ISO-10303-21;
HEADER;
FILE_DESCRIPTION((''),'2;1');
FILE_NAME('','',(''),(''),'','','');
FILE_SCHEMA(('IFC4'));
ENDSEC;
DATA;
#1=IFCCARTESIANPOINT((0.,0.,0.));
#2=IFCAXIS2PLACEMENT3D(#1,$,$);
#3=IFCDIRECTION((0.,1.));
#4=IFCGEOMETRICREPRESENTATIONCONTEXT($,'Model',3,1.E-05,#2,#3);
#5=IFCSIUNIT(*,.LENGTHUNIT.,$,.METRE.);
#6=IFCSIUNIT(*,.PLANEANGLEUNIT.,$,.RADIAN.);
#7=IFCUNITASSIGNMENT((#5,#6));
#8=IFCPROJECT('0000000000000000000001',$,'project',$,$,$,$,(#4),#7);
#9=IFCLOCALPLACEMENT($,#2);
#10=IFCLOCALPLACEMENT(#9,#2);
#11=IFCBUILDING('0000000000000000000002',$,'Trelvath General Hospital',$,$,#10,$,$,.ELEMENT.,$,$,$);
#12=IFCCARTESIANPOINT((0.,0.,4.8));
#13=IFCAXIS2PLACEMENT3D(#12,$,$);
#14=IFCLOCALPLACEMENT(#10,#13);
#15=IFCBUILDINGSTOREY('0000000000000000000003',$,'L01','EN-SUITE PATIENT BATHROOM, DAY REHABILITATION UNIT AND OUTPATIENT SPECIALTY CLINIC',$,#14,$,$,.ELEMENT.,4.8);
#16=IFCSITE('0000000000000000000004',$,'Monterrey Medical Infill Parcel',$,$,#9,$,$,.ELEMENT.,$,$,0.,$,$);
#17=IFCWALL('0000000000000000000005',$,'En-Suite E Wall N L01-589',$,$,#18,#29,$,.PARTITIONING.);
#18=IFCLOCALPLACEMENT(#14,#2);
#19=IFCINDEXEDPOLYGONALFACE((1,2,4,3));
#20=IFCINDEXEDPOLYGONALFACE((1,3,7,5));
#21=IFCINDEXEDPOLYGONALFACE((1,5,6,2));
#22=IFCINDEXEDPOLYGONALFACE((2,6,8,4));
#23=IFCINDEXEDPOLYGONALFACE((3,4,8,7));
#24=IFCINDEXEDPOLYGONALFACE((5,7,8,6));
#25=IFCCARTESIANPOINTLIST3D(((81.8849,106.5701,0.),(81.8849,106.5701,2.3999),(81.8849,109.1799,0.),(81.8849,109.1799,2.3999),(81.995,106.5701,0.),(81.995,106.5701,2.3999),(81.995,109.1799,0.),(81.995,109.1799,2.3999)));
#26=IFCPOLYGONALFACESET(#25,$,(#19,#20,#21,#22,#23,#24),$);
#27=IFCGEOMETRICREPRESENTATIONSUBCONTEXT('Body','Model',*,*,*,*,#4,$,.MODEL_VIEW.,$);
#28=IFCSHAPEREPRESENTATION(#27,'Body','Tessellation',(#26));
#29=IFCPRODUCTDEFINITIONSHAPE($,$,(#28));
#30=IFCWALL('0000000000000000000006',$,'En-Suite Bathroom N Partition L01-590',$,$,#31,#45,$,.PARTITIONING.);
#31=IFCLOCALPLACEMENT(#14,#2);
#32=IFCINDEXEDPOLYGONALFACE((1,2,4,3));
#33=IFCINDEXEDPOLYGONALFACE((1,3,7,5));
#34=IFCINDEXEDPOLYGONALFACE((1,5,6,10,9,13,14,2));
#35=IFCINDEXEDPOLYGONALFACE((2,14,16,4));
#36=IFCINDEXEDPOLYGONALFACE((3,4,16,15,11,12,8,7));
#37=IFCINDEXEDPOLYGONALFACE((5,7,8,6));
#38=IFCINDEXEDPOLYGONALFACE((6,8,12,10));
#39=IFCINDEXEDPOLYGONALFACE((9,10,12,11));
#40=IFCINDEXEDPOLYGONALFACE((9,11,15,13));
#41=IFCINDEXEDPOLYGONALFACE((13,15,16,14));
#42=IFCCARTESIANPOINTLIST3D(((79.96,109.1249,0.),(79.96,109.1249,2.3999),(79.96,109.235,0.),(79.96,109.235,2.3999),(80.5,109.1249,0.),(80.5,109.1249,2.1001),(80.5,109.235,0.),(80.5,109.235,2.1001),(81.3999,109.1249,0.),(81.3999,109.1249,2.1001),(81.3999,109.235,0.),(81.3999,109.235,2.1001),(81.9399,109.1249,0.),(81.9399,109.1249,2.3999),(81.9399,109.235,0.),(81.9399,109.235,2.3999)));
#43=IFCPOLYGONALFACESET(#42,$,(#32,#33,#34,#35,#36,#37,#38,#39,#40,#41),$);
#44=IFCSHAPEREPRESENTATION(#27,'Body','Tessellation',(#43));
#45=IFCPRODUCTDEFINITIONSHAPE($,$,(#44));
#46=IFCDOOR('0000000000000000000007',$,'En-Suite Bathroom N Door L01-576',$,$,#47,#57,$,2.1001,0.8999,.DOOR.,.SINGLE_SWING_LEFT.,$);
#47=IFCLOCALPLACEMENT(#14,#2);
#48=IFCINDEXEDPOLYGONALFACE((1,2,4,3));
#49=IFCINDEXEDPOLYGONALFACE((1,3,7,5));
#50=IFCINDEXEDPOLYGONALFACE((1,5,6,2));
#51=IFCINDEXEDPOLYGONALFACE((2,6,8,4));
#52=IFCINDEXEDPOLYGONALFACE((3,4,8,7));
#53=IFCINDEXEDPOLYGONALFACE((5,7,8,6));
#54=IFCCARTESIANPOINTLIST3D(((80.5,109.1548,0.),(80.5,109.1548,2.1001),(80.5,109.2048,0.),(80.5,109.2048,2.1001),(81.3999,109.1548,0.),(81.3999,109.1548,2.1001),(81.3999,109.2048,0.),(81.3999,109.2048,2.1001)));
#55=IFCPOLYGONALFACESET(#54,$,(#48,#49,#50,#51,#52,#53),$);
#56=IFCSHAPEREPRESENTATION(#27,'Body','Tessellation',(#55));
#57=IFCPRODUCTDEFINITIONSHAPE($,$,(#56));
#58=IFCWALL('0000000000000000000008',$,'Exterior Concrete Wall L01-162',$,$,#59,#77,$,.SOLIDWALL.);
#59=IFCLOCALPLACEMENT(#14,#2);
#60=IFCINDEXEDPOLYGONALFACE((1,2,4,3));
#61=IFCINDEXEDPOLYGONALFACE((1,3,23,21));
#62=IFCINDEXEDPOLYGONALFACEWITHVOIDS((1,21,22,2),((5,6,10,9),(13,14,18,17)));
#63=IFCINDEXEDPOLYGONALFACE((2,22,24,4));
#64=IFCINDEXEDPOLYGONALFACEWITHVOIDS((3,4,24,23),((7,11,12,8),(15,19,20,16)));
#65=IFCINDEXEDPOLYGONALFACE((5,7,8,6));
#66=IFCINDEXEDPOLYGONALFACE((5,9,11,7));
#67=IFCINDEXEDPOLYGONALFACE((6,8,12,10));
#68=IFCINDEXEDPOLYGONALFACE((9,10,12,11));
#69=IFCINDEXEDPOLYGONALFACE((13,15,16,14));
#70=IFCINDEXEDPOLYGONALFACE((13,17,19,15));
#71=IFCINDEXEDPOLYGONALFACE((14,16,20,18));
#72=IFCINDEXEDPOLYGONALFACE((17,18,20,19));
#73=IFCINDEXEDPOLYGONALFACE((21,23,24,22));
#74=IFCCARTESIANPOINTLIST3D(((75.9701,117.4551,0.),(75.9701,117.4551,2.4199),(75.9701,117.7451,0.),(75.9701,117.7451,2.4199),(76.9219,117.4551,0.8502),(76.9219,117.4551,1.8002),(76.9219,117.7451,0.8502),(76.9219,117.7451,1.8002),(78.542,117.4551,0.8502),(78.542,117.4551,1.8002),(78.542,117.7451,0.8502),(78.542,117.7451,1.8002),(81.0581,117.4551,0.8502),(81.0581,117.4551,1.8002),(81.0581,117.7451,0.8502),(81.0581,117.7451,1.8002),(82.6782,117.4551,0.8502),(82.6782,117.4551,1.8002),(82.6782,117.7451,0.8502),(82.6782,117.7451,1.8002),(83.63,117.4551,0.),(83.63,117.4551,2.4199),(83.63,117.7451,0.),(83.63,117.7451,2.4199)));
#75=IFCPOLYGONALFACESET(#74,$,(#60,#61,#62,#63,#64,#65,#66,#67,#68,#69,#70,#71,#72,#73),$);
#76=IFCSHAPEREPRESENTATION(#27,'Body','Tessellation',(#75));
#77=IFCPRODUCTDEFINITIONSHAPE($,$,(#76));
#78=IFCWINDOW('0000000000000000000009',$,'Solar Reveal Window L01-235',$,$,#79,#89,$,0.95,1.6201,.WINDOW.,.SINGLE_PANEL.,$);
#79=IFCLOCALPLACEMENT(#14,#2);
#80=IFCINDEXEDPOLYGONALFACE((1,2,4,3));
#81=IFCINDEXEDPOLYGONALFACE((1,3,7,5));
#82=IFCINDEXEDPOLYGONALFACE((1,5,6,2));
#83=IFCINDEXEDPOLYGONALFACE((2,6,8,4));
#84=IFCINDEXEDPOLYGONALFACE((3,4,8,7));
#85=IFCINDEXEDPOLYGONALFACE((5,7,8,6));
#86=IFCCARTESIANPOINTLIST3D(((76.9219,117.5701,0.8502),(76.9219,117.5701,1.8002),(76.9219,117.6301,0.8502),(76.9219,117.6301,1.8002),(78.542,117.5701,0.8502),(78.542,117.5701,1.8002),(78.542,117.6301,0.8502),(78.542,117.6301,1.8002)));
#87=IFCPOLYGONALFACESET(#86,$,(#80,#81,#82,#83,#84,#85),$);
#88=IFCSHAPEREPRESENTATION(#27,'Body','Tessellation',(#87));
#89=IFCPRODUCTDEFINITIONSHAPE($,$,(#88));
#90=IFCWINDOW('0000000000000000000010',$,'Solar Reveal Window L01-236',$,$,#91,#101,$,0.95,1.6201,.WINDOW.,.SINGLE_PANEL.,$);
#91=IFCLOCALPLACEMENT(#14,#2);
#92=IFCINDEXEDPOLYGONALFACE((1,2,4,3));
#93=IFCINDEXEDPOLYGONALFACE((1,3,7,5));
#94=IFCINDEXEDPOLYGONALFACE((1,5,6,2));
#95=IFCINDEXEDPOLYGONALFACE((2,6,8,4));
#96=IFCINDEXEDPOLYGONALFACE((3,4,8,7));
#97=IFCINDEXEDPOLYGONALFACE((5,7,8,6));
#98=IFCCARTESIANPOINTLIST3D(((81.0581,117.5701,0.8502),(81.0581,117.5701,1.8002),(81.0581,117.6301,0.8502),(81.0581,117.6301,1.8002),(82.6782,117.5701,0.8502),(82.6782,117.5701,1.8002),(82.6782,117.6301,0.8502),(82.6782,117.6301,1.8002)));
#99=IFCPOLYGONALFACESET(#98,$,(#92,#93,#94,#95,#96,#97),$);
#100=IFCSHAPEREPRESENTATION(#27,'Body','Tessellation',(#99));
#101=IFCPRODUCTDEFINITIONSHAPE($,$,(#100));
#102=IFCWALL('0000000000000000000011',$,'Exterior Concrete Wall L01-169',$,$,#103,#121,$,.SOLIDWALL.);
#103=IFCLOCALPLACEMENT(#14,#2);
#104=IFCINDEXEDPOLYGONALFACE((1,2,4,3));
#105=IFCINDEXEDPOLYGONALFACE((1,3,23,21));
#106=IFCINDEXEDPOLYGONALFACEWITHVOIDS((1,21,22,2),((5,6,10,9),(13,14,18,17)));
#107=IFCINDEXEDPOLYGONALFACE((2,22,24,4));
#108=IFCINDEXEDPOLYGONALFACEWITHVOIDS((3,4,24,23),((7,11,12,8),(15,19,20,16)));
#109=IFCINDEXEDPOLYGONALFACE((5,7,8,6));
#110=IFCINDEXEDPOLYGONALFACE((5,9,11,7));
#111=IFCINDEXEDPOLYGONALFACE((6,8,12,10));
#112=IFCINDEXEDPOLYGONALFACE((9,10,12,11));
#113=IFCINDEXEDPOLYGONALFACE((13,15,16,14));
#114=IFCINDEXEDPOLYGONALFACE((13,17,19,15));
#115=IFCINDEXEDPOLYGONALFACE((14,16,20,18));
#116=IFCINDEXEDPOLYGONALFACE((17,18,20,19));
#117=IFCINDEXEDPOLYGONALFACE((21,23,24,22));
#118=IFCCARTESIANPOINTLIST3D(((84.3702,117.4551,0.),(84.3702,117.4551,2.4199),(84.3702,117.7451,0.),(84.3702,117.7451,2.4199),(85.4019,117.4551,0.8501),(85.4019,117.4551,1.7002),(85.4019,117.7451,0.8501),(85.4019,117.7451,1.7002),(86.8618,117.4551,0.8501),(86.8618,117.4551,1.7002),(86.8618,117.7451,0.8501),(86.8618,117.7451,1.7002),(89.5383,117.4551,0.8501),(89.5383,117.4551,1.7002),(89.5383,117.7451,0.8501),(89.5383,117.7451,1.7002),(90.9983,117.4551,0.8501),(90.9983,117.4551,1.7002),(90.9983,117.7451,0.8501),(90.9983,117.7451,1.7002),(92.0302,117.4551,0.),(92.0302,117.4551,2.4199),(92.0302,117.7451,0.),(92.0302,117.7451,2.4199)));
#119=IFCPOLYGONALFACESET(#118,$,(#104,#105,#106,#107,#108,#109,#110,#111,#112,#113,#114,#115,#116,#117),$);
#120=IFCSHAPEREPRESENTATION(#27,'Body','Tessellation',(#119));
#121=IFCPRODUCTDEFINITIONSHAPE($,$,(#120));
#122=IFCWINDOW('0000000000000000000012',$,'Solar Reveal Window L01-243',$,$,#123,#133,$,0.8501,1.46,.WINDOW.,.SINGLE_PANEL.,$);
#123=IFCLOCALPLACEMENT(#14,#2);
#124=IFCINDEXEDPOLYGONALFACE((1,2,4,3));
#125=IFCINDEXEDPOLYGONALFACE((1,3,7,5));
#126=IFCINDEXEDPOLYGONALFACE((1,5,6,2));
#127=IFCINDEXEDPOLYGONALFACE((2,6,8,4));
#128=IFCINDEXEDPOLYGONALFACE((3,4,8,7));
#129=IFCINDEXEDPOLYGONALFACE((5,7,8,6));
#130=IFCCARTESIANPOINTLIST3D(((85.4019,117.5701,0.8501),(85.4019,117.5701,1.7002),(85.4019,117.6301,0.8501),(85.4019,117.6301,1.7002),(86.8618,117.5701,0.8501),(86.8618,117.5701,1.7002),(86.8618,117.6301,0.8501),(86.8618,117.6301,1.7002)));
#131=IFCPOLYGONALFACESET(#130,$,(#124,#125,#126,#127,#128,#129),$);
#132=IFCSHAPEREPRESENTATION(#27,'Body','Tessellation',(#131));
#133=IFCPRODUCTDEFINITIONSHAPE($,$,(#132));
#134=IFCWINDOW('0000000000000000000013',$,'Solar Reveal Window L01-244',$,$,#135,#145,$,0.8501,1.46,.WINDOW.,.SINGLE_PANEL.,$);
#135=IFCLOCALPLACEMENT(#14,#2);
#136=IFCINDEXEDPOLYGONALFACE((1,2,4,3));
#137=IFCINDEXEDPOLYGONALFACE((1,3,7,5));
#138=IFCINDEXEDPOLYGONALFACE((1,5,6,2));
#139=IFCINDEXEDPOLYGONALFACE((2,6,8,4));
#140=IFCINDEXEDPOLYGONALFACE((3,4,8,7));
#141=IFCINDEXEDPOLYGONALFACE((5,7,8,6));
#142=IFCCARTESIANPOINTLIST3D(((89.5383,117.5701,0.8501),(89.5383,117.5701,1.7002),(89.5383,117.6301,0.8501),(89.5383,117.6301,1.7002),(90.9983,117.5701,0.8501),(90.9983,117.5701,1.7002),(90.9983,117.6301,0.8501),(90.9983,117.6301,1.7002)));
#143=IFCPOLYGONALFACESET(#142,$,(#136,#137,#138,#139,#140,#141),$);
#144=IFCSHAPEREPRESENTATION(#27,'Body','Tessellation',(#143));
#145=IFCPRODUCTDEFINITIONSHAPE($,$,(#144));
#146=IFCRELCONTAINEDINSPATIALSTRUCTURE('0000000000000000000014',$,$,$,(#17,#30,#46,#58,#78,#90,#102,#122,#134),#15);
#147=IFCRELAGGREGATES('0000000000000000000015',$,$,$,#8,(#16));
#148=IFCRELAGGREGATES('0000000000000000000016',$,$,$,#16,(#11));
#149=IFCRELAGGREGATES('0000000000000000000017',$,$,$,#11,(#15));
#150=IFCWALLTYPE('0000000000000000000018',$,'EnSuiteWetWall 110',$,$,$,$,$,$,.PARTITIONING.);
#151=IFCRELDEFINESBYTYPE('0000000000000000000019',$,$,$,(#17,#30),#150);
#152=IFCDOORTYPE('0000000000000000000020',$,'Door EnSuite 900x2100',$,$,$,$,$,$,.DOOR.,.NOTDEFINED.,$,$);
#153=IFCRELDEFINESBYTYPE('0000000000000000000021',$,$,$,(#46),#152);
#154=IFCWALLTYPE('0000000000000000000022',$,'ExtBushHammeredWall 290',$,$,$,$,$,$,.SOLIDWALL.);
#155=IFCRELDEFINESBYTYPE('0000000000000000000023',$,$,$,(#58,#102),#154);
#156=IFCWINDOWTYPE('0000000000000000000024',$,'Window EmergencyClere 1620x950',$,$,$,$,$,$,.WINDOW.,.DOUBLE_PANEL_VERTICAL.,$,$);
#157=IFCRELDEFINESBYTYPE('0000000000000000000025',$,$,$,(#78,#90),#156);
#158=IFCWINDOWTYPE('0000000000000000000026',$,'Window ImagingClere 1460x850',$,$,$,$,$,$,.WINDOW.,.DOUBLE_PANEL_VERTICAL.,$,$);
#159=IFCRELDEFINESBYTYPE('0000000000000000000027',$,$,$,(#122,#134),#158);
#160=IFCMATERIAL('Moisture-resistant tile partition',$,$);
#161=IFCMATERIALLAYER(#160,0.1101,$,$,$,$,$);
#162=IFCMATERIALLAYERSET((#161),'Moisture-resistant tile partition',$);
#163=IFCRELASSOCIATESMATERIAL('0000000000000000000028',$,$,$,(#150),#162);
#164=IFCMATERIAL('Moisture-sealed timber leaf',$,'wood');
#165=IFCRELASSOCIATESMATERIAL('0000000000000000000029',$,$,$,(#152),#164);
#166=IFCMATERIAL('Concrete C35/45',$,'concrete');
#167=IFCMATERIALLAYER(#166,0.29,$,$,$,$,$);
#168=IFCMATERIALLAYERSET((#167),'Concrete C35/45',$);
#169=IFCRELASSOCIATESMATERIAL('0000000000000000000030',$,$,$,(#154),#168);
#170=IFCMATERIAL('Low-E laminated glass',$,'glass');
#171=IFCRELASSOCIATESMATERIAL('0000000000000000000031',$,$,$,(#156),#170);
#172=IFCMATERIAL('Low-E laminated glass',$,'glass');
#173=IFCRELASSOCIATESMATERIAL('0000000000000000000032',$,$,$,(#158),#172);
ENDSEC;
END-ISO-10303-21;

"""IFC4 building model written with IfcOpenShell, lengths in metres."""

from ifc_helpers import new_model, si_unit, direction, frame, frame_2d, origin, place, context, subcontext, project, spatial, rectangle, extrude, material, layer, layer_set, type_object, element, fill, save


model = new_model("IFC4")

# Units and contexts
model_context = context("Model", 3, precision=1e-05, world=origin(), true_north=direction((0.0, 1.0)))
body_context = subcontext(model_context, "Body", "Model", "MODEL_VIEW")
ifc_project = project(units=[si_unit("LENGTHUNIT", "METRE"), si_unit("PLANEANGLEUNIT", "RADIAN")], contexts=[model_context])

# Site, building, storey
site_placement = place(None, origin())
site = spatial("IfcSite", under=ifc_project, at=site_placement, Name="Monterrey Medical Infill Parcel", CompositionType="ELEMENT", RefElevation=0.0)
building_placement = place(site_placement, origin())
building = spatial("IfcBuilding", under=site, at=building_placement, Name="Trelvath General Hospital", CompositionType="ELEMENT")
storey_placement = place(building_placement, frame((0.0, 0.0, 4.8)))
storey = spatial("IfcBuildingStorey", under=building, at=storey_placement, Name="L01", Description="EN-SUITE PATIENT BATHROOM, DAY REHABILITATION UNIT AND OUTPATIENT SPECIALTY CLINIC", CompositionType="ELEMENT", Elevation=4.8)

# Shared definitions
ifc_material_1 = material(Name="Moisture-resistant tile partition")
ifc_layer_1 = layer(ifc_material_1, 0.1101)
ifc_layer_set_1 = layer_set([ifc_layer_1], Name="Moisture-resistant tile partition")
wall_type_1 = type_object("IfcWallType", Name="EnSuiteWetWall 110", PredefinedType="PARTITIONING", material=ifc_layer_set_1)
ifc_material_2 = material(Name="Moisture-sealed timber leaf", Category="wood")
door_type_1 = type_object("IfcDoorType", Name="Door EnSuite 900x2100", OperationType="NOTDEFINED", PredefinedType="DOOR", material=ifc_material_2)

# Wall
wall_1_placement = place(storey_placement, frame((81.9399, 106.5701, 0.0), z_axis=(0.0, 0.0, 1.0), x_axis=(0.0, 1.0, 0.0)))
element("IfcWall", 1, at=wall_1_placement, inside=storey, type_object=wall_type_1, Name="En-Suite E Wall N L01-589", PredefinedType="PARTITIONING", context=body_context, shape_type="SweptSolid", body=[
    extrude(rectangle(XDim=2.6099, YDim=0.1101, at=frame_2d((1.3049, 0.0))), origin(), (0.0, 0.0, 1.0), 2.3999),
])

# Wall, opening, door
wall_2_placement = place(storey_placement, frame((79.96, 109.1799, 0.0), z_axis=(0.0, 0.0, 1.0), x_axis=(1.0, 0.0, 0.0)))
wall_2 = element("IfcWall", 2, at=wall_2_placement, inside=storey, type_object=wall_type_1, Name="En-Suite Bathroom N Partition L01-590", PredefinedType="PARTITIONING", context=body_context, shape_type="SweptSolid", body=[
    extrude(rectangle(XDim=1.98, YDim=0.1101, at=frame_2d((0.99, 0.0))), origin(), (0.0, 0.0, 1.0), 2.3999),
])
opening_1_placement = place(wall_2_placement, frame((0.54, 0.0, 0.0)))
opening_1 = element("IfcOpeningElement", 3, at=opening_1_placement, cuts=wall_2, PredefinedType="OPENING", context=body_context, shape_type="SweptSolid", body=[
    extrude(rectangle(XDim=0.8999, YDim=2.1001, at=frame_2d((0.45, 1.05))), frame((0.0, 0.0649, 0.0), z_axis=(0.0, -1.0, 0.0), x_axis=(1.0, 0.0, 0.0)), (0.0, 0.0, 1.0), 0.1301),
])
door_1_placement = place(opening_1_placement, origin())
door_1 = element("IfcDoor", 4, at=door_1_placement, inside=storey, type_object=door_type_1, Name="En-Suite Bathroom N Door L01-576", OperationType="SINGLE_SWING_LEFT", OverallHeight=2.1001, OverallWidth=0.8999, PredefinedType="DOOR", context=body_context, shape_type="SweptSolid", body=[
    extrude(rectangle(XDim=0.8999, YDim=2.1001, at=frame_2d((0.45, 1.05))), frame((0.0, 0.0249, 0.0), z_axis=(0.0, -1.0, 0.0), x_axis=(1.0, 0.0, 0.0)), (0.0, 0.0, 1.0), 0.05),
])
fill(opening_1, door_1)

# Walls, openings, windows
ifc_material_3 = material(Name="Concrete C35/45", Category="concrete")
ifc_layer_2 = layer(ifc_material_3, 0.29)
ifc_layer_set_2 = layer_set([ifc_layer_2], Name="Concrete C35/45")
wall_type_2 = type_object("IfcWallType", Name="ExtBushHammeredWall 290", PredefinedType="SOLIDWALL", material=ifc_layer_set_2)
wall_3_placement = place(storey_placement, frame((75.97, 117.6001, 0.0), z_axis=(0.0, 0.0, 1.0), x_axis=(1.0, 0.0, 0.0)))
wall_3 = element("IfcWall", 5, at=wall_3_placement, inside=storey, type_object=wall_type_2, Name="Exterior Concrete Wall L01-162", PredefinedType="SOLIDWALL", context=body_context, shape_type="SweptSolid", body=[
    extrude(rectangle(XDim=7.6599, YDim=0.29, at=frame_2d((3.8301, 0.0))), origin(), (0.0, 0.0, 1.0), 2.4199),
])
opening_2_placement = place(wall_3_placement, frame((0.9519, 0.0, 0.8501)))
opening_2 = element("IfcOpeningElement", 6, at=opening_2_placement, cuts=wall_3, PredefinedType="OPENING", context=body_context, shape_type="SweptSolid", body=[
    extrude(rectangle(XDim=1.6201, YDim=0.95, at=frame_2d((0.8101, 0.4751))), frame((0.0, 0.155, 0.0), z_axis=(0.0, -1.0, 0.0), x_axis=(1.0, 0.0, 0.0)), (0.0, 0.0, 1.0), 0.3101),
])
opening_3_placement = place(wall_3_placement, frame((5.0881, 0.0, 0.8501)))
opening_3 = element("IfcOpeningElement", 7, at=opening_3_placement, cuts=wall_3, PredefinedType="OPENING", context=body_context, shape_type="SweptSolid", body=[
    extrude(rectangle(XDim=1.6201, YDim=0.95, at=frame_2d((0.8101, 0.4751))), frame((0.0, 0.155, 0.0), z_axis=(0.0, -1.0, 0.0), x_axis=(1.0, 0.0, 0.0)), (0.0, 0.0, 1.0), 0.3101),
])
ifc_material_4 = material(Name="Low-E laminated glass", Category="glass")
window_type_1 = type_object("IfcWindowType", Name="Window EmergencyClere 1620x950", PartitioningType="DOUBLE_PANEL_VERTICAL", PredefinedType="WINDOW", material=ifc_material_4)
window_1_placement = place(opening_2_placement, origin())
window_1 = element("IfcWindow", 8, at=window_1_placement, inside=storey, type_object=window_type_1, Name="Solar Reveal Window L01-235", OverallHeight=0.95, OverallWidth=1.6201, PartitioningType="SINGLE_PANEL", PredefinedType="WINDOW", context=body_context, shape_type="SweptSolid", body=[
    extrude(rectangle(XDim=1.6201, YDim=0.95, at=frame_2d((0.8101, 0.4751))), frame((0.0, 0.03, 0.0), z_axis=(0.0, -1.0, 0.0), x_axis=(1.0, 0.0, 0.0)), (0.0, 0.0, 1.0), 0.0601),
])
fill(opening_2, window_1)
window_2_placement = place(opening_3_placement, origin())
window_2 = element("IfcWindow", 9, at=window_2_placement, inside=storey, type_object=window_type_1, Name="Solar Reveal Window L01-236", OverallHeight=0.95, OverallWidth=1.6201, PartitioningType="SINGLE_PANEL", PredefinedType="WINDOW", context=body_context, shape_type="SweptSolid", body=[
    extrude(rectangle(XDim=1.6201, YDim=0.95, at=frame_2d((0.8101, 0.4751))), frame((0.0, 0.03, 0.0), z_axis=(0.0, -1.0, 0.0), x_axis=(1.0, 0.0, 0.0)), (0.0, 0.0, 1.0), 0.0601),
])
fill(opening_3, window_2)
wall_4_placement = place(storey_placement, frame((84.3701, 117.6001, 0.0), z_axis=(0.0, 0.0, 1.0), x_axis=(1.0, 0.0, 0.0)))
wall_4 = element("IfcWall", 10, at=wall_4_placement, inside=storey, type_object=wall_type_2, Name="Exterior Concrete Wall L01-169", PredefinedType="SOLIDWALL", context=body_context, shape_type="SweptSolid", body=[
    extrude(rectangle(XDim=7.6599, YDim=0.29, at=frame_2d((3.8301, 0.0))), origin(), (0.0, 0.0, 1.0), 2.4199),
])
opening_4_placement = place(wall_4_placement, frame((1.0317, 0.0, 0.8501)))
opening_4 = element("IfcOpeningElement", 11, at=opening_4_placement, cuts=wall_4, PredefinedType="OPENING", context=body_context, shape_type="SweptSolid", body=[
    extrude(rectangle(XDim=1.46, YDim=0.8501, at=frame_2d((0.73, 0.425))), frame((0.0, 0.155, 0.0), z_axis=(0.0, -1.0, 0.0), x_axis=(1.0, 0.0, 0.0)), (0.0, 0.0, 1.0), 0.3101),
])
opening_5_placement = place(wall_4_placement, frame((5.1682, 0.0, 0.8501)))
opening_5 = element("IfcOpeningElement", 12, at=opening_5_placement, cuts=wall_4, PredefinedType="OPENING", context=body_context, shape_type="SweptSolid", body=[
    extrude(rectangle(XDim=1.46, YDim=0.8501, at=frame_2d((0.73, 0.425))), frame((0.0, 0.155, 0.0), z_axis=(0.0, -1.0, 0.0), x_axis=(1.0, 0.0, 0.0)), (0.0, 0.0, 1.0), 0.3101),
])
ifc_material_5 = material(Name="Low-E laminated glass", Category="glass")
window_type_2 = type_object("IfcWindowType", Name="Window ImagingClere 1460x850", PartitioningType="DOUBLE_PANEL_VERTICAL", PredefinedType="WINDOW", material=ifc_material_5)
window_3_placement = place(opening_4_placement, origin())
window_3 = element("IfcWindow", 13, at=window_3_placement, inside=storey, type_object=window_type_2, Name="Solar Reveal Window L01-243", OverallHeight=0.8501, OverallWidth=1.46, PartitioningType="SINGLE_PANEL", PredefinedType="WINDOW", context=body_context, shape_type="SweptSolid", body=[
    extrude(rectangle(XDim=1.46, YDim=0.8501, at=frame_2d((0.73, 0.425))), frame((0.0, 0.03, 0.0), z_axis=(0.0, -1.0, 0.0), x_axis=(1.0, 0.0, 0.0)), (0.0, 0.0, 1.0), 0.0601),
])
fill(opening_4, window_3)
window_4_placement = place(opening_5_placement, origin())
window_4 = element("IfcWindow", 14, at=window_4_placement, inside=storey, type_object=window_type_2, Name="Solar Reveal Window L01-244", OverallHeight=0.8501, OverallWidth=1.46, PartitioningType="SINGLE_PANEL", PredefinedType="WINDOW", context=body_context, shape_type="SweptSolid", body=[
    extrude(rectangle(XDim=1.46, YDim=0.8501, at=frame_2d((0.73, 0.425))), frame((0.0, 0.03, 0.0), z_axis=(0.0, -1.0, 0.0), x_axis=(1.0, 0.0, 0.0)), (0.0, 0.0, 1.0), 0.0601),
])
fill(opening_5, window_4)

save(model, "model.ifc")
